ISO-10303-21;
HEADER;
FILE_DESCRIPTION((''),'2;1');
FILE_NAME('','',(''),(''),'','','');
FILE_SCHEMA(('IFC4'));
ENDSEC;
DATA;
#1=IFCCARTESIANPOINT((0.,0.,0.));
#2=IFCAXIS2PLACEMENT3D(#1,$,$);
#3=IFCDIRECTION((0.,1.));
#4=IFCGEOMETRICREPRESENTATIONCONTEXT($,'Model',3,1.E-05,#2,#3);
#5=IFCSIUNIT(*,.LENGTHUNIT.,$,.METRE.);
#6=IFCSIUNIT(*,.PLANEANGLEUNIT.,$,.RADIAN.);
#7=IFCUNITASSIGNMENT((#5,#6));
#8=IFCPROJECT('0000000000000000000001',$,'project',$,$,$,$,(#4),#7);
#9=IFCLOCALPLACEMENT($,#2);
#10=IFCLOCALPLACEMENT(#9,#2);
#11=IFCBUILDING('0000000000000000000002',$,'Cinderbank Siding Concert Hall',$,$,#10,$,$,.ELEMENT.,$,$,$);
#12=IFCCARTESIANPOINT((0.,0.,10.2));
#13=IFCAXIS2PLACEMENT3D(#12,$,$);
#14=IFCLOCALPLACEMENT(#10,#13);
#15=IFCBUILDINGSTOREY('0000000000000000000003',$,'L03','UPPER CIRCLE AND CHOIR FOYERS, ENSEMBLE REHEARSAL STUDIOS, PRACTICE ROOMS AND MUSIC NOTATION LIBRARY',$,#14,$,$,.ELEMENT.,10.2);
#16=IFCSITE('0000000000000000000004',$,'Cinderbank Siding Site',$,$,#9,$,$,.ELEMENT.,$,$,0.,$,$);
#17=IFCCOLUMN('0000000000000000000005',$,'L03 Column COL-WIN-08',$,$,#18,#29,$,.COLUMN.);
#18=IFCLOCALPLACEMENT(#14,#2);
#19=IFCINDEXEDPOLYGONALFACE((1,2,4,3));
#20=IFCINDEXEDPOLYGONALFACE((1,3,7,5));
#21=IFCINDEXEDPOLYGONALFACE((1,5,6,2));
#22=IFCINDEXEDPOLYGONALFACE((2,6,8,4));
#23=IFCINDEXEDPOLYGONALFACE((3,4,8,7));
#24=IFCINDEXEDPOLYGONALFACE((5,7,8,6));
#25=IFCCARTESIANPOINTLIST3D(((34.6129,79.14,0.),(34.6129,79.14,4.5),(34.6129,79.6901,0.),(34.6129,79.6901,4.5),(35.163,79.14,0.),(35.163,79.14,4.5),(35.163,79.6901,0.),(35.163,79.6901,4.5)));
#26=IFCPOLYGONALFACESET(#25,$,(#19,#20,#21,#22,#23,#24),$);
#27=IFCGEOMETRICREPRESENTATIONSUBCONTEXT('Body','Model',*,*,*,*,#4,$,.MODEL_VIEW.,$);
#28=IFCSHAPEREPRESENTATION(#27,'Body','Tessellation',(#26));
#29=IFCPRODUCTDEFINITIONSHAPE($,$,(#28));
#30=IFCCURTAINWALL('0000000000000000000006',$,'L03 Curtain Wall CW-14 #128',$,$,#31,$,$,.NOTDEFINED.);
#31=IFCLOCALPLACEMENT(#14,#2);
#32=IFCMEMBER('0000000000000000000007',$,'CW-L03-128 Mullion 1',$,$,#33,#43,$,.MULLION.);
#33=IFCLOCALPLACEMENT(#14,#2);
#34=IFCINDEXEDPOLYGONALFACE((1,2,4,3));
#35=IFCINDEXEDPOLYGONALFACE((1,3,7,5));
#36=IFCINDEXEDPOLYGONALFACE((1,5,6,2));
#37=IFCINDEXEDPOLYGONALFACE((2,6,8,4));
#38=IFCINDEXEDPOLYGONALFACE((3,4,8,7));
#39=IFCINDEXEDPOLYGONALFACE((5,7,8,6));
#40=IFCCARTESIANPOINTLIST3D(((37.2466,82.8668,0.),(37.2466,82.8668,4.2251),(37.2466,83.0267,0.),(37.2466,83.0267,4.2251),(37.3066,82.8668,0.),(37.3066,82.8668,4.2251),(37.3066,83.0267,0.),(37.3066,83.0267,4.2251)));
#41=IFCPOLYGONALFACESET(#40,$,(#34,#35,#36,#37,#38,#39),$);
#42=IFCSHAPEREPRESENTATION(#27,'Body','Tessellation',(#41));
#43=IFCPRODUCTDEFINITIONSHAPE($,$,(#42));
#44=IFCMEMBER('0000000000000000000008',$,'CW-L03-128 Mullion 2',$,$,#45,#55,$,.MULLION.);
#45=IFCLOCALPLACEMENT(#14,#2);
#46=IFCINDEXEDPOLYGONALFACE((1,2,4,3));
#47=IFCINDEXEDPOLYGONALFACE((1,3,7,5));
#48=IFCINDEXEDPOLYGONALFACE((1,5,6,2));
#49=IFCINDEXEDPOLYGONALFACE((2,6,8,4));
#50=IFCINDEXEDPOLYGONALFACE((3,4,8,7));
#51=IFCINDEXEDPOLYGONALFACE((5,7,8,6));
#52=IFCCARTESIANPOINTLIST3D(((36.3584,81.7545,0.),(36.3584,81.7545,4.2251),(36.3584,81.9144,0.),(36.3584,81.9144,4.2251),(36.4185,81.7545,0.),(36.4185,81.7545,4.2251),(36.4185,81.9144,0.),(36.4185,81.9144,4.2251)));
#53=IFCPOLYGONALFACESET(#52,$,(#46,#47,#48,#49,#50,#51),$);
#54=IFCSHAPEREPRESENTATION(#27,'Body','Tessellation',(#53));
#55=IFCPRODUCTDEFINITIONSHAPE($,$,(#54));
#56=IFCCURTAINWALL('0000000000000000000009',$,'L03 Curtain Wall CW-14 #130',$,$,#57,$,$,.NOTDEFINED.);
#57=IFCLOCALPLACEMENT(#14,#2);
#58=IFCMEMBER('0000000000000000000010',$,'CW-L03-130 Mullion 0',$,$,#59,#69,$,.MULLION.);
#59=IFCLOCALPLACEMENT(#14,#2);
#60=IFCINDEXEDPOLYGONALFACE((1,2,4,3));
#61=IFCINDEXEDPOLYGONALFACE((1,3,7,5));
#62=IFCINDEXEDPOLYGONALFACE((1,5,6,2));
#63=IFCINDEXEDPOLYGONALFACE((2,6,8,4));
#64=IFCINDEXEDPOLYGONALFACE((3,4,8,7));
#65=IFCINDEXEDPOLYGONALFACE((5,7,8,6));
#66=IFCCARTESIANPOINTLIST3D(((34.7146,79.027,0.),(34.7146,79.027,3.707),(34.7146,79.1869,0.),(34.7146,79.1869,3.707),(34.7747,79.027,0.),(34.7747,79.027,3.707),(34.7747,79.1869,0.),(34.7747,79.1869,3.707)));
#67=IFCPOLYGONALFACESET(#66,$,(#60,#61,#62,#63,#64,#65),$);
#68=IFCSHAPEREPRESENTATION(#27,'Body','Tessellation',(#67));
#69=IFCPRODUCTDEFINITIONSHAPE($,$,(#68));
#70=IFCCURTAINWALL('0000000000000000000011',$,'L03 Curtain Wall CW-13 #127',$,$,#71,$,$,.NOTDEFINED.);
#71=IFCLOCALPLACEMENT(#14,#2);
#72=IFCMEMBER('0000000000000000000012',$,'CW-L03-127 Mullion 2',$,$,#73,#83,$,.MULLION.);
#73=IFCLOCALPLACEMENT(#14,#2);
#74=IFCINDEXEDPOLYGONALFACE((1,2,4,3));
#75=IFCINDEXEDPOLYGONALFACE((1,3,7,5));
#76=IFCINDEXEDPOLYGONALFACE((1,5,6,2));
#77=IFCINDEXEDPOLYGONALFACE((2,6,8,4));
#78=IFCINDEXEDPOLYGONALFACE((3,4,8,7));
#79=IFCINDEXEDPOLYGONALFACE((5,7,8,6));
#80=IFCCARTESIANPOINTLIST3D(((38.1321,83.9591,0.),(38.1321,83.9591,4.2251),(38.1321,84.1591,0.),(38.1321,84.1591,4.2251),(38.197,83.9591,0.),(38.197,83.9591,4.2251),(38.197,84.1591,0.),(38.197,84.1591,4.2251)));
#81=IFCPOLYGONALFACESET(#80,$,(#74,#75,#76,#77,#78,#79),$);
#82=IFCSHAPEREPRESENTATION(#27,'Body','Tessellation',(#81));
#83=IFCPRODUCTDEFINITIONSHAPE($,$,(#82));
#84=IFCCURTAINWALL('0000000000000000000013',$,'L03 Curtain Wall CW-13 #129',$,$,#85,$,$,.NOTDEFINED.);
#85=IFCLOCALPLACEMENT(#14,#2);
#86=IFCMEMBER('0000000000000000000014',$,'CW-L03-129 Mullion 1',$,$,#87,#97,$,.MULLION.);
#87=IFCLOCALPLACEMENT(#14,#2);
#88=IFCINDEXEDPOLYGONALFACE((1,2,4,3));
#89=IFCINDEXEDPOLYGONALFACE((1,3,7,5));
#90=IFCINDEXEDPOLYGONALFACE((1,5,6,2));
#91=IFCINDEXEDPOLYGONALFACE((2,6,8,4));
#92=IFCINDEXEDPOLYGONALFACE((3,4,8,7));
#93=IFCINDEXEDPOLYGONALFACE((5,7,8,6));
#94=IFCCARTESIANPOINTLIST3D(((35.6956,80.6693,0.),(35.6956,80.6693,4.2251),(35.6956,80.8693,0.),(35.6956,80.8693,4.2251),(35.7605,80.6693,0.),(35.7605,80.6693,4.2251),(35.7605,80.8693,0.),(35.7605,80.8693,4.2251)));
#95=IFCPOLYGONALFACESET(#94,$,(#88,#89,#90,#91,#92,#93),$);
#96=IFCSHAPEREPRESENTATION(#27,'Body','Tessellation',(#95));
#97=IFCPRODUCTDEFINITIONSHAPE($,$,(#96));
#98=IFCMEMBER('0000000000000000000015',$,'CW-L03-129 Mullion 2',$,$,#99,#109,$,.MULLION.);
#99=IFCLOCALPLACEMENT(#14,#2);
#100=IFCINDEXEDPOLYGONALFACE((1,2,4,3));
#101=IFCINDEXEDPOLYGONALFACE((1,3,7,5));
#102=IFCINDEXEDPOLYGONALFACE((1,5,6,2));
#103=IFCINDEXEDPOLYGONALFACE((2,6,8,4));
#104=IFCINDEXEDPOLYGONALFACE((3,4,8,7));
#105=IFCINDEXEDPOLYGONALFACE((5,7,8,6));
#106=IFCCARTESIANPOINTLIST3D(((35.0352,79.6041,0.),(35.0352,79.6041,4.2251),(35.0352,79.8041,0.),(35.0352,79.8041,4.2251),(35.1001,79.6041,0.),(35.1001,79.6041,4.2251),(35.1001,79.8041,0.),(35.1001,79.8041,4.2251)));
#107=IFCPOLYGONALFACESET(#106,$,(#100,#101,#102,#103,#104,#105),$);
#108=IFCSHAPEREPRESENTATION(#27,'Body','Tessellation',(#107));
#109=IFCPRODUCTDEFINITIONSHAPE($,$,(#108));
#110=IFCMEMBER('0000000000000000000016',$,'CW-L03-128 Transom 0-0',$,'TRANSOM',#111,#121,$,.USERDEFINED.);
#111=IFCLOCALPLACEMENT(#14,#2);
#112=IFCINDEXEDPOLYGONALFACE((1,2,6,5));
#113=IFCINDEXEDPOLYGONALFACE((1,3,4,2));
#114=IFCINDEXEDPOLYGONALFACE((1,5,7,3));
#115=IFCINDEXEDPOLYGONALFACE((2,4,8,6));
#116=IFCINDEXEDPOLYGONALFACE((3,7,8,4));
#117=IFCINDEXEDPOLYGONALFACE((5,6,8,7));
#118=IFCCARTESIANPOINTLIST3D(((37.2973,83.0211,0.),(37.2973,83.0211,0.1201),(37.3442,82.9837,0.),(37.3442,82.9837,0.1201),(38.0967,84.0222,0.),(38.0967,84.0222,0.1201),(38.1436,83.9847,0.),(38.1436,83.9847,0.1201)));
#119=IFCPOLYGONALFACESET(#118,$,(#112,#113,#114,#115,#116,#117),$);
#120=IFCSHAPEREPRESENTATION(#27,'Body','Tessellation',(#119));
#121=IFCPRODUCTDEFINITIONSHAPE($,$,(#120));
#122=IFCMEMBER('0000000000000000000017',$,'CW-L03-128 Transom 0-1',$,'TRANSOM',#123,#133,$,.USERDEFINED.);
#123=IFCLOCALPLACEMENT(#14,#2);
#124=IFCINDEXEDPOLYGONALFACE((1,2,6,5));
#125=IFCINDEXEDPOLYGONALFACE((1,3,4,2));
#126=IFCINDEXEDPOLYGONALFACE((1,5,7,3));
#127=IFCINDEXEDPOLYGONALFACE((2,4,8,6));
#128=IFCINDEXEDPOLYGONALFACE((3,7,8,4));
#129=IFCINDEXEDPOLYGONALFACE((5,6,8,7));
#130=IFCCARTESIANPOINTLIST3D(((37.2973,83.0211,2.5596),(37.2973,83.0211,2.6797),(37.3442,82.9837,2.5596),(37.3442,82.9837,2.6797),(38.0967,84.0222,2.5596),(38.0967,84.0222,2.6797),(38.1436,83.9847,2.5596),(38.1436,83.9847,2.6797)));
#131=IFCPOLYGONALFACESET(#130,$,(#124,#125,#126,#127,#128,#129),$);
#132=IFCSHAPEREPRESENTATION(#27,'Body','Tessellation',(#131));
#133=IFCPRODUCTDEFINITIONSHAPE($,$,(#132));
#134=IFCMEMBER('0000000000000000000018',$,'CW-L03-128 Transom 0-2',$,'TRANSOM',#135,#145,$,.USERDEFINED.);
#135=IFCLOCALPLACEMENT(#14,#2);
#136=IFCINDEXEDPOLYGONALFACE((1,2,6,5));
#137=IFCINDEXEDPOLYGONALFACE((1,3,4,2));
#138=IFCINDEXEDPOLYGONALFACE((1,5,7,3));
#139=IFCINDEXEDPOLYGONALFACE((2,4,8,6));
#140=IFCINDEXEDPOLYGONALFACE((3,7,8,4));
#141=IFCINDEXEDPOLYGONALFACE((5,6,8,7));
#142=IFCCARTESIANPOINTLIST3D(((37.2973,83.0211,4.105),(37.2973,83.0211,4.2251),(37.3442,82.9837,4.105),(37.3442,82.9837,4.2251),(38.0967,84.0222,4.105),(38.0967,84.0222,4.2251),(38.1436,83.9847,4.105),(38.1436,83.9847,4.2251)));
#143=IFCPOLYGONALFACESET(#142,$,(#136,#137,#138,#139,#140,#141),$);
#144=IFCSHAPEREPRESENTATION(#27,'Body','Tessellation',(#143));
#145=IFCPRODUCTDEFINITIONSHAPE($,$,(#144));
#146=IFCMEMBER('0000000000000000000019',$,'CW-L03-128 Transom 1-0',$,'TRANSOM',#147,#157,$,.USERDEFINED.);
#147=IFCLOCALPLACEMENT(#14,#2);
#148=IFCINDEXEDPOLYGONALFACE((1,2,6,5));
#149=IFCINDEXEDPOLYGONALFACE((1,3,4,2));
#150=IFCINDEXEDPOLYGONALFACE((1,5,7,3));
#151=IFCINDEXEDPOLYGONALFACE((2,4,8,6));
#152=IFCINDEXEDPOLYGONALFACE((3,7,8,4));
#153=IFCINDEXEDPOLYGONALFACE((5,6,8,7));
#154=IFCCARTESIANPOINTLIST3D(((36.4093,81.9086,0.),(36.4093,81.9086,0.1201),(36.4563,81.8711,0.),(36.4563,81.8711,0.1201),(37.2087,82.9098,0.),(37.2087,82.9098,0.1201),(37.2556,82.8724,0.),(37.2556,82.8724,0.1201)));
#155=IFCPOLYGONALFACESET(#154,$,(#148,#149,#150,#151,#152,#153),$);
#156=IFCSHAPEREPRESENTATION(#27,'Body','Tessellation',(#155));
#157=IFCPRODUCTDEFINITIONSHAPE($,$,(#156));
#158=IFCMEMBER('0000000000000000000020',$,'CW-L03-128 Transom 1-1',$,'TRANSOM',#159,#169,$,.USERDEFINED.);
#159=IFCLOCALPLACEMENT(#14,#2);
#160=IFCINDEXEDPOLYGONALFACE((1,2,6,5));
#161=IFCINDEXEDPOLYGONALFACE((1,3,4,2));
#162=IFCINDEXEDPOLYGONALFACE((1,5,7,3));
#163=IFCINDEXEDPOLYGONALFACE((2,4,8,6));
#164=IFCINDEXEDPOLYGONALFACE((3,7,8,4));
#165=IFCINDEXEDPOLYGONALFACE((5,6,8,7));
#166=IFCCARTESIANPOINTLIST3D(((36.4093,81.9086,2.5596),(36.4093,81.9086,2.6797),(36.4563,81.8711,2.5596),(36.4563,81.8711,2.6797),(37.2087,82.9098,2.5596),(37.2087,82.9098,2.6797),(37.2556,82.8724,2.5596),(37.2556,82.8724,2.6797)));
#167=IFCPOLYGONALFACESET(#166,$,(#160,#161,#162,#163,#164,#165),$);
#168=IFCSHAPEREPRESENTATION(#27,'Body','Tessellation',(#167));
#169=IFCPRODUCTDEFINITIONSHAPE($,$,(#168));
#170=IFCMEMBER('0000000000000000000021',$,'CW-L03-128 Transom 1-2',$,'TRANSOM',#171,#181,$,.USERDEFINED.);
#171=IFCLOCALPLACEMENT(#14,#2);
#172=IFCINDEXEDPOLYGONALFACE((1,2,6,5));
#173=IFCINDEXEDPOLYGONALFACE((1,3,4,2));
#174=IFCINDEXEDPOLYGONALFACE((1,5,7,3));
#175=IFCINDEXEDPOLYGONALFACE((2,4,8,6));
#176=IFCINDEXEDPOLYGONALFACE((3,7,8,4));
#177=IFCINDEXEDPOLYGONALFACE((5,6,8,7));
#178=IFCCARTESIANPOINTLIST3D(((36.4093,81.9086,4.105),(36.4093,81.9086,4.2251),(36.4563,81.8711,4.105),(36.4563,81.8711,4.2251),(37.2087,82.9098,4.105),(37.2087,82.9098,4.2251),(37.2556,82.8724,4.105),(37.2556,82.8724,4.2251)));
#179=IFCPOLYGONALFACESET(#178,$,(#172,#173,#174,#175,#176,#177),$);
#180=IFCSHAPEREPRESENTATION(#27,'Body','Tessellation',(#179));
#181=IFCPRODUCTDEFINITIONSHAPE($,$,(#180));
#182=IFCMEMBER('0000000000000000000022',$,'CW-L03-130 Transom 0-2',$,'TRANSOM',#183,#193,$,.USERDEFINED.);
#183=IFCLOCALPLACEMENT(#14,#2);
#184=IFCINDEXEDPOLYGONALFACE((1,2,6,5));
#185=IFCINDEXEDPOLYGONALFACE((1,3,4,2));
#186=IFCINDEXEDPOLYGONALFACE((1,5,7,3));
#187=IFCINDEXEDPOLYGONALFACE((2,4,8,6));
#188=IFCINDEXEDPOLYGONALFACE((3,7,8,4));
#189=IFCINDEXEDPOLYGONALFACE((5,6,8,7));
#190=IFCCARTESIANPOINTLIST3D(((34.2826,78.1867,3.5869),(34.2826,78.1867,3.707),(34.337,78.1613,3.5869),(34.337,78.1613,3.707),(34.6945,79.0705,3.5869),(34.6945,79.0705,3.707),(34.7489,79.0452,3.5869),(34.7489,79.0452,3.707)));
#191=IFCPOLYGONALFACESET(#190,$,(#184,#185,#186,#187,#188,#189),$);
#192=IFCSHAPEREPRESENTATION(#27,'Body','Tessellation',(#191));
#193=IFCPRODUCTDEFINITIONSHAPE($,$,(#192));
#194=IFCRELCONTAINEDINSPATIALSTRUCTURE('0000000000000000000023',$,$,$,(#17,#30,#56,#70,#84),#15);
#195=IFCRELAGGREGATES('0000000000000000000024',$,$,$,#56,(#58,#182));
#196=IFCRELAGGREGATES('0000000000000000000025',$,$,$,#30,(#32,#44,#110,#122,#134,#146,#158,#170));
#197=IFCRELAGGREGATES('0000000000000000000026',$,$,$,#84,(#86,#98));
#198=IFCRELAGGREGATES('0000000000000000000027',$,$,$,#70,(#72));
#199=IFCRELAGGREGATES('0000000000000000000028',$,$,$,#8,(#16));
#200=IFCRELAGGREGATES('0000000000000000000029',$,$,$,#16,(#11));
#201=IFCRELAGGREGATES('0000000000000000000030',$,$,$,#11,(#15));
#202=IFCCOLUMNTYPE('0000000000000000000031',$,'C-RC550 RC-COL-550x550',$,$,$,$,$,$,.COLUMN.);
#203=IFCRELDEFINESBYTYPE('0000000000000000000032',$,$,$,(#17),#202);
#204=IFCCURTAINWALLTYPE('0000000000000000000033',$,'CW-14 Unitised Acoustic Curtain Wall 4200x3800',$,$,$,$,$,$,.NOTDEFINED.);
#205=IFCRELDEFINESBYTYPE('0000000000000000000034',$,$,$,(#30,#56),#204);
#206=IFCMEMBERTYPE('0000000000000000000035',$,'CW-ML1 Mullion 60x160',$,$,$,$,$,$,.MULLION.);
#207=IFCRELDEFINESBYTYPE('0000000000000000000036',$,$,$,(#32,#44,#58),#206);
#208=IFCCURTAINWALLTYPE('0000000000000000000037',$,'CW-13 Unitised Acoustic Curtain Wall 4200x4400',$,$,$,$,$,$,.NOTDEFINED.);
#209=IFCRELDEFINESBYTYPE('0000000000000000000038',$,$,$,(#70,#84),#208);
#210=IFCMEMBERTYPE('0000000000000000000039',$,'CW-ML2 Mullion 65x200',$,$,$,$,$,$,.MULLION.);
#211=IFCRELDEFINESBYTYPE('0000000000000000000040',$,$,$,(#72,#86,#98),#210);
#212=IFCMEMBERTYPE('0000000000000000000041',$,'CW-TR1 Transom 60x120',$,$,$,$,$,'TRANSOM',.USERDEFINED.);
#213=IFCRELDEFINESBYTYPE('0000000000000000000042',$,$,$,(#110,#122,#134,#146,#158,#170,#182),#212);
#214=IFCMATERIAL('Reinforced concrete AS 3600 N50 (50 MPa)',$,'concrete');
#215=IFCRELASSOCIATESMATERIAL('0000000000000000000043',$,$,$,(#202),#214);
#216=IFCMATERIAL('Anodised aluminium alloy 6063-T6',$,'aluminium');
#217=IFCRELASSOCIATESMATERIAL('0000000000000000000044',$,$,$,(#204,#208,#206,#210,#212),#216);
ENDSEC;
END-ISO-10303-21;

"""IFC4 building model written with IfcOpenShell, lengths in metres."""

from ifc_helpers import new_model, si_unit, direction, frame, origin, origin_2d, place, context, subcontext, project, spatial, rectangle, extrude, material, material_profile, profile_set, type_object, element, aggregate, save


model = new_model("IFC4")

# Units and contexts
model_context = context("Model", 3, precision=1e-05, world=origin(), true_north=direction((0.0, 1.0)))
body_context = subcontext(model_context, "Body", "Model", "MODEL_VIEW")
ifc_project = project(units=[si_unit("LENGTHUNIT", "METRE"), si_unit("PLANEANGLEUNIT", "RADIAN")], contexts=[model_context])

# Site, building, storey
site_placement = place(None, origin())
site = spatial("IfcSite", under=ifc_project, at=site_placement, Name="Cinderbank Siding Site", CompositionType="ELEMENT", RefElevation=0.0)
building_placement = place(site_placement, origin())
building = spatial("IfcBuilding", under=site, at=building_placement, Name="Cinderbank Siding Concert Hall", CompositionType="ELEMENT")
storey_placement = place(building_placement, frame((0.0, 0.0, 10.2)))
storey = spatial("IfcBuildingStorey", under=building, at=storey_placement, Name="L03", Description="UPPER CIRCLE AND CHOIR FOYERS, ENSEMBLE REHEARSAL STUDIOS, PRACTICE ROOMS AND MUSIC NOTATION LIBRARY", CompositionType="ELEMENT", Elevation=10.2)

# Column
ifc_material_1 = material(Name="Reinforced concrete AS 3600 N50 (50 MPa)", Category="concrete")
ifc_material_profile_1 = material_profile(ifc_material_1, rectangle(XDim=0.55, YDim=0.55, at=origin_2d()), Name="RC-COL-550x550", Category="LoadBearing")
ifc_profile_set_1 = profile_set([ifc_material_profile_1], Name="Reinforced concrete AS 3600 N50 (50 MPa)")
column_type = type_object("IfcColumnType", Name="C-RC550 RC-COL-550x550", PredefinedType="COLUMN", material=ifc_profile_set_1)
column_placement = place(storey_placement, frame((34.8879, 79.415, 0.0), z_axis=(0.0, 0.0, 1.0), x_axis=(1.0, 0.0, 0.0)))
element("IfcColumn", 1, at=column_placement, inside=storey, type_object=column_type, Name="L03 Column COL-WIN-08", PredefinedType="COLUMN", context=body_context, shape_type="SweptSolid", body=[
    extrude(rectangle(XDim=0.55, YDim=0.55, at=origin_2d()), origin(), (0.0, 0.0, 1.0), 4.5),
])

# Curtain wall, members
ifc_material_2 = material(Name="Anodised aluminium alloy 6063-T6", Category="aluminium")
curtain_wall_type_1 = type_object("IfcCurtainWallType", Name="CW-14 Unitised Acoustic Curtain Wall 4200x3800", PredefinedType="NOTDEFINED", material=ifc_material_2)
curtain_wall_1_placement = place(storey_placement, origin())
curtain_wall_1 = element("IfcCurtainWall", 2, at=curtain_wall_1_placement, inside=storey, type_object=curtain_wall_type_1, Name="L03 Curtain Wall CW-14 #128", PredefinedType="NOTDEFINED")
ifc_material_profile_2 = material_profile(ifc_material_2, rectangle(XDim=0.0601, YDim=0.1599, at=origin_2d()), Name="ALU-MULL-60x160", Category="LoadBearing")
ifc_profile_set_2 = profile_set([ifc_material_profile_2], Name="Anodised aluminium alloy 6063-T6")
member_type_1 = type_object("IfcMemberType", Name="CW-ML1 Mullion 60x160", PredefinedType="MULLION", material=ifc_profile_set_2)
member_1_placement = place(storey_placement, frame((37.2766, 82.9468, 0.0), z_axis=(0.0, 0.0, 1.0), x_axis=(1.0, 0.0, 0.0)))
member_1 = element("IfcMember", 3, at=member_1_placement, type_object=member_type_1, Name="CW-L03-128 Mullion 1", PredefinedType="MULLION", context=body_context, shape_type="SweptSolid", body=[
    extrude(rectangle(XDim=0.0601, YDim=0.1599, at=origin_2d()), origin(), (0.0, 0.0, 1.0), 4.2251),
])
member_2_placement = place(storey_placement, frame((36.3884, 81.8345, 0.0), z_axis=(0.0, 0.0, 1.0), x_axis=(1.0, 0.0, 0.0)))
member_2 = element("IfcMember", 4, at=member_2_placement, type_object=member_type_1, Name="CW-L03-128 Mullion 2", PredefinedType="MULLION", context=body_context, shape_type="SweptSolid", body=[
    extrude(rectangle(XDim=0.0601, YDim=0.1599, at=origin_2d()), origin(), (0.0, 0.0, 1.0), 4.2251),
])

# Curtain walls, members
curtain_wall_2_placement = place(storey_placement, origin())
curtain_wall_2 = element("IfcCurtainWall", 5, at=curtain_wall_2_placement, inside=storey, type_object=curtain_wall_type_1, Name="L03 Curtain Wall CW-14 #130", PredefinedType="NOTDEFINED")
member_3_placement = place(storey_placement, frame((34.7446, 79.1069, 0.0), z_axis=(0.0, 0.0, 1.0), x_axis=(1.0, 0.0, 0.0)))
member_3 = element("IfcMember", 6, at=member_3_placement, type_object=member_type_1, Name="CW-L03-130 Mullion 0", PredefinedType="MULLION", context=body_context, shape_type="SweptSolid", body=[
    extrude(rectangle(XDim=0.0601, YDim=0.1599, at=origin_2d()), origin(), (0.0, 0.0, 1.0), 3.707),
])
curtain_wall_type_2 = type_object("IfcCurtainWallType", Name="CW-13 Unitised Acoustic Curtain Wall 4200x4400", PredefinedType="NOTDEFINED", material=ifc_material_2)
curtain_wall_3_placement = place(storey_placement, origin())
curtain_wall_3 = element("IfcCurtainWall", 7, at=curtain_wall_3_placement, inside=storey, type_object=curtain_wall_type_2, Name="L03 Curtain Wall CW-13 #127", PredefinedType="NOTDEFINED")
ifc_material_profile_3 = material_profile(ifc_material_2, rectangle(XDim=0.0649, YDim=0.2, at=origin_2d()), Name="ALU-MULL-65x200", Category="LoadBearing")
ifc_profile_set_3 = profile_set([ifc_material_profile_3], Name="Anodised aluminium alloy 6063-T6")
member_type_2 = type_object("IfcMemberType", Name="CW-ML2 Mullion 65x200", PredefinedType="MULLION", material=ifc_profile_set_3)
member_4_placement = place(storey_placement, frame((38.1646, 84.0591, 0.0), z_axis=(0.0, 0.0, 1.0), x_axis=(1.0, 0.0, 0.0)))
member_4 = element("IfcMember", 8, at=member_4_placement, type_object=member_type_2, Name="CW-L03-127 Mullion 2", PredefinedType="MULLION", context=body_context, shape_type="SweptSolid", body=[
    extrude(rectangle(XDim=0.0649, YDim=0.2, at=origin_2d()), origin(), (0.0, 0.0, 1.0), 4.2251),
])

# Curtain wall, members
curtain_wall_4_placement = place(storey_placement, origin())
curtain_wall_4 = element("IfcCurtainWall", 9, at=curtain_wall_4_placement, inside=storey, type_object=curtain_wall_type_2, Name="L03 Curtain Wall CW-13 #129", PredefinedType="NOTDEFINED")
member_5_placement = place(storey_placement, frame((35.728, 80.7693, 0.0), z_axis=(0.0, 0.0, 1.0), x_axis=(1.0, 0.0, 0.0)))
member_5 = element("IfcMember", 10, at=member_5_placement, type_object=member_type_2, Name="CW-L03-129 Mullion 1", PredefinedType="MULLION", context=body_context, shape_type="SweptSolid", body=[
    extrude(rectangle(XDim=0.0649, YDim=0.2, at=origin_2d()), origin(), (0.0, 0.0, 1.0), 4.2251),
])
member_6_placement = place(storey_placement, frame((35.0676, 79.7041, 0.0), z_axis=(0.0, 0.0, 1.0), x_axis=(1.0, 0.0, 0.0)))
member_6 = element("IfcMember", 11, at=member_6_placement, type_object=member_type_2, Name="CW-L03-129 Mullion 2", PredefinedType="MULLION", context=body_context, shape_type="SweptSolid", body=[
    extrude(rectangle(XDim=0.0649, YDim=0.2, at=origin_2d()), origin(), (0.0, 0.0, 1.0), 4.2251),
])

# Members
ifc_material_profile_4 = material_profile(ifc_material_2, rectangle(XDim=0.0601, YDim=0.1201, at=origin_2d()), Name="ALU-TRAN-60x120", Category="LoadBearing")
ifc_profile_set_4 = profile_set([ifc_material_profile_4], Name="Anodised aluminium alloy 6063-T6")
member_type_3 = type_object("IfcMemberType", Name="CW-TR1 Transom 60x120", ElementType="TRANSOM", PredefinedType="USERDEFINED", material=ifc_profile_set_4)
member_7_placement = place(storey_placement, frame((38.1201, 84.0034, 0.0601), z_axis=(-0.623998, -0.781426, 0.0), x_axis=(0.781426, -0.623998, 0.0)))
member_7 = element("IfcMember", 12, at=member_7_placement, type_object=member_type_3, Name="CW-L03-128 Transom 0-0", ObjectType="TRANSOM", PredefinedType="USERDEFINED", context=body_context, shape_type="SweptSolid", body=[
    extrude(rectangle(XDim=0.0601, YDim=0.1201, at=origin_2d()), origin(), (0.0, 0.0, 1.0), 1.281),
])
member_8_placement = place(storey_placement, frame((38.1201, 84.0034, 2.6196), z_axis=(-0.623998, -0.781426, 0.0), x_axis=(0.781426, -0.623998, 0.0)))
member_8 = element("IfcMember", 13, at=member_8_placement, type_object=member_type_3, Name="CW-L03-128 Transom 0-1", ObjectType="TRANSOM", PredefinedType="USERDEFINED", context=body_context, shape_type="SweptSolid", body=[
    extrude(rectangle(XDim=0.0601, YDim=0.1201, at=origin_2d()), origin(), (0.0, 0.0, 1.0), 1.281),
])
member_9_placement = place(storey_placement, frame((38.1201, 84.0034, 4.165), z_axis=(-0.623998, -0.781426, 0.0), x_axis=(0.781426, -0.623998, 0.0)))
member_9 = element("IfcMember", 14, at=member_9_placement, type_object=member_type_3, Name="CW-L03-128 Transom 0-2", ObjectType="TRANSOM", PredefinedType="USERDEFINED", context=body_context, shape_type="SweptSolid", body=[
    extrude(rectangle(XDim=0.0601, YDim=0.1201, at=origin_2d()), origin(), (0.0, 0.0, 1.0), 1.281),
])
member_10_placement = place(storey_placement, frame((37.2322, 82.8911, 0.0601), z_axis=(-0.623905, -0.781501, 0.0), x_axis=(0.781501, -0.623905, 0.0)))
member_10 = element("IfcMember", 15, at=member_10_placement, type_object=member_type_3, Name="CW-L03-128 Transom 1-0", ObjectType="TRANSOM", PredefinedType="USERDEFINED", context=body_context, shape_type="SweptSolid", body=[
    extrude(rectangle(XDim=0.0601, YDim=0.1201, at=origin_2d()), origin(), (0.0, 0.0, 1.0), 1.2812),
])
member_11_placement = place(storey_placement, frame((37.2322, 82.8911, 2.6196), z_axis=(-0.623905, -0.781501, 0.0), x_axis=(0.781501, -0.623905, 0.0)))
member_11 = element("IfcMember", 16, at=member_11_placement, type_object=member_type_3, Name="CW-L03-128 Transom 1-1", ObjectType="TRANSOM", PredefinedType="USERDEFINED", context=body_context, shape_type="SweptSolid", body=[
    extrude(rectangle(XDim=0.0601, YDim=0.1201, at=origin_2d()), origin(), (0.0, 0.0, 1.0), 1.2812),
])
member_12_placement = place(storey_placement, frame((37.2322, 82.8911, 4.165), z_axis=(-0.623905, -0.781501, 0.0), x_axis=(0.781501, -0.623905, 0.0)))
member_12 = element("IfcMember", 17, at=member_12_placement, type_object=member_type_3, Name="CW-L03-128 Transom 1-2", ObjectType="TRANSOM", PredefinedType="USERDEFINED", context=body_context, shape_type="SweptSolid", body=[
    extrude(rectangle(XDim=0.0601, YDim=0.1201, at=origin_2d()), origin(), (0.0, 0.0, 1.0), 1.2812),
])
member_13_placement = place(storey_placement, frame((34.7217, 79.0579, 3.647), z_axis=(-0.422406, -0.906407, 0.0), x_axis=(0.906407, -0.422406, 0.0)))
member_13 = element("IfcMember", 18, at=member_13_placement, type_object=member_type_3, Name="CW-L03-130 Transom 0-2", ObjectType="TRANSOM", PredefinedType="USERDEFINED", context=body_context, shape_type="SweptSolid", body=[
    extrude(rectangle(XDim=0.0601, YDim=0.1201, at=origin_2d()), origin(), (0.0, 0.0, 1.0), 0.9751),
])
aggregate(curtain_wall_2, [member_3, member_13])

aggregate(curtain_wall_1, [member_1, member_2, member_7, member_8, member_9, member_10, member_11, member_12])
aggregate(curtain_wall_4, [member_5, member_6])
aggregate(curtain_wall_3, [member_4])

save(model, "model.ifc")
